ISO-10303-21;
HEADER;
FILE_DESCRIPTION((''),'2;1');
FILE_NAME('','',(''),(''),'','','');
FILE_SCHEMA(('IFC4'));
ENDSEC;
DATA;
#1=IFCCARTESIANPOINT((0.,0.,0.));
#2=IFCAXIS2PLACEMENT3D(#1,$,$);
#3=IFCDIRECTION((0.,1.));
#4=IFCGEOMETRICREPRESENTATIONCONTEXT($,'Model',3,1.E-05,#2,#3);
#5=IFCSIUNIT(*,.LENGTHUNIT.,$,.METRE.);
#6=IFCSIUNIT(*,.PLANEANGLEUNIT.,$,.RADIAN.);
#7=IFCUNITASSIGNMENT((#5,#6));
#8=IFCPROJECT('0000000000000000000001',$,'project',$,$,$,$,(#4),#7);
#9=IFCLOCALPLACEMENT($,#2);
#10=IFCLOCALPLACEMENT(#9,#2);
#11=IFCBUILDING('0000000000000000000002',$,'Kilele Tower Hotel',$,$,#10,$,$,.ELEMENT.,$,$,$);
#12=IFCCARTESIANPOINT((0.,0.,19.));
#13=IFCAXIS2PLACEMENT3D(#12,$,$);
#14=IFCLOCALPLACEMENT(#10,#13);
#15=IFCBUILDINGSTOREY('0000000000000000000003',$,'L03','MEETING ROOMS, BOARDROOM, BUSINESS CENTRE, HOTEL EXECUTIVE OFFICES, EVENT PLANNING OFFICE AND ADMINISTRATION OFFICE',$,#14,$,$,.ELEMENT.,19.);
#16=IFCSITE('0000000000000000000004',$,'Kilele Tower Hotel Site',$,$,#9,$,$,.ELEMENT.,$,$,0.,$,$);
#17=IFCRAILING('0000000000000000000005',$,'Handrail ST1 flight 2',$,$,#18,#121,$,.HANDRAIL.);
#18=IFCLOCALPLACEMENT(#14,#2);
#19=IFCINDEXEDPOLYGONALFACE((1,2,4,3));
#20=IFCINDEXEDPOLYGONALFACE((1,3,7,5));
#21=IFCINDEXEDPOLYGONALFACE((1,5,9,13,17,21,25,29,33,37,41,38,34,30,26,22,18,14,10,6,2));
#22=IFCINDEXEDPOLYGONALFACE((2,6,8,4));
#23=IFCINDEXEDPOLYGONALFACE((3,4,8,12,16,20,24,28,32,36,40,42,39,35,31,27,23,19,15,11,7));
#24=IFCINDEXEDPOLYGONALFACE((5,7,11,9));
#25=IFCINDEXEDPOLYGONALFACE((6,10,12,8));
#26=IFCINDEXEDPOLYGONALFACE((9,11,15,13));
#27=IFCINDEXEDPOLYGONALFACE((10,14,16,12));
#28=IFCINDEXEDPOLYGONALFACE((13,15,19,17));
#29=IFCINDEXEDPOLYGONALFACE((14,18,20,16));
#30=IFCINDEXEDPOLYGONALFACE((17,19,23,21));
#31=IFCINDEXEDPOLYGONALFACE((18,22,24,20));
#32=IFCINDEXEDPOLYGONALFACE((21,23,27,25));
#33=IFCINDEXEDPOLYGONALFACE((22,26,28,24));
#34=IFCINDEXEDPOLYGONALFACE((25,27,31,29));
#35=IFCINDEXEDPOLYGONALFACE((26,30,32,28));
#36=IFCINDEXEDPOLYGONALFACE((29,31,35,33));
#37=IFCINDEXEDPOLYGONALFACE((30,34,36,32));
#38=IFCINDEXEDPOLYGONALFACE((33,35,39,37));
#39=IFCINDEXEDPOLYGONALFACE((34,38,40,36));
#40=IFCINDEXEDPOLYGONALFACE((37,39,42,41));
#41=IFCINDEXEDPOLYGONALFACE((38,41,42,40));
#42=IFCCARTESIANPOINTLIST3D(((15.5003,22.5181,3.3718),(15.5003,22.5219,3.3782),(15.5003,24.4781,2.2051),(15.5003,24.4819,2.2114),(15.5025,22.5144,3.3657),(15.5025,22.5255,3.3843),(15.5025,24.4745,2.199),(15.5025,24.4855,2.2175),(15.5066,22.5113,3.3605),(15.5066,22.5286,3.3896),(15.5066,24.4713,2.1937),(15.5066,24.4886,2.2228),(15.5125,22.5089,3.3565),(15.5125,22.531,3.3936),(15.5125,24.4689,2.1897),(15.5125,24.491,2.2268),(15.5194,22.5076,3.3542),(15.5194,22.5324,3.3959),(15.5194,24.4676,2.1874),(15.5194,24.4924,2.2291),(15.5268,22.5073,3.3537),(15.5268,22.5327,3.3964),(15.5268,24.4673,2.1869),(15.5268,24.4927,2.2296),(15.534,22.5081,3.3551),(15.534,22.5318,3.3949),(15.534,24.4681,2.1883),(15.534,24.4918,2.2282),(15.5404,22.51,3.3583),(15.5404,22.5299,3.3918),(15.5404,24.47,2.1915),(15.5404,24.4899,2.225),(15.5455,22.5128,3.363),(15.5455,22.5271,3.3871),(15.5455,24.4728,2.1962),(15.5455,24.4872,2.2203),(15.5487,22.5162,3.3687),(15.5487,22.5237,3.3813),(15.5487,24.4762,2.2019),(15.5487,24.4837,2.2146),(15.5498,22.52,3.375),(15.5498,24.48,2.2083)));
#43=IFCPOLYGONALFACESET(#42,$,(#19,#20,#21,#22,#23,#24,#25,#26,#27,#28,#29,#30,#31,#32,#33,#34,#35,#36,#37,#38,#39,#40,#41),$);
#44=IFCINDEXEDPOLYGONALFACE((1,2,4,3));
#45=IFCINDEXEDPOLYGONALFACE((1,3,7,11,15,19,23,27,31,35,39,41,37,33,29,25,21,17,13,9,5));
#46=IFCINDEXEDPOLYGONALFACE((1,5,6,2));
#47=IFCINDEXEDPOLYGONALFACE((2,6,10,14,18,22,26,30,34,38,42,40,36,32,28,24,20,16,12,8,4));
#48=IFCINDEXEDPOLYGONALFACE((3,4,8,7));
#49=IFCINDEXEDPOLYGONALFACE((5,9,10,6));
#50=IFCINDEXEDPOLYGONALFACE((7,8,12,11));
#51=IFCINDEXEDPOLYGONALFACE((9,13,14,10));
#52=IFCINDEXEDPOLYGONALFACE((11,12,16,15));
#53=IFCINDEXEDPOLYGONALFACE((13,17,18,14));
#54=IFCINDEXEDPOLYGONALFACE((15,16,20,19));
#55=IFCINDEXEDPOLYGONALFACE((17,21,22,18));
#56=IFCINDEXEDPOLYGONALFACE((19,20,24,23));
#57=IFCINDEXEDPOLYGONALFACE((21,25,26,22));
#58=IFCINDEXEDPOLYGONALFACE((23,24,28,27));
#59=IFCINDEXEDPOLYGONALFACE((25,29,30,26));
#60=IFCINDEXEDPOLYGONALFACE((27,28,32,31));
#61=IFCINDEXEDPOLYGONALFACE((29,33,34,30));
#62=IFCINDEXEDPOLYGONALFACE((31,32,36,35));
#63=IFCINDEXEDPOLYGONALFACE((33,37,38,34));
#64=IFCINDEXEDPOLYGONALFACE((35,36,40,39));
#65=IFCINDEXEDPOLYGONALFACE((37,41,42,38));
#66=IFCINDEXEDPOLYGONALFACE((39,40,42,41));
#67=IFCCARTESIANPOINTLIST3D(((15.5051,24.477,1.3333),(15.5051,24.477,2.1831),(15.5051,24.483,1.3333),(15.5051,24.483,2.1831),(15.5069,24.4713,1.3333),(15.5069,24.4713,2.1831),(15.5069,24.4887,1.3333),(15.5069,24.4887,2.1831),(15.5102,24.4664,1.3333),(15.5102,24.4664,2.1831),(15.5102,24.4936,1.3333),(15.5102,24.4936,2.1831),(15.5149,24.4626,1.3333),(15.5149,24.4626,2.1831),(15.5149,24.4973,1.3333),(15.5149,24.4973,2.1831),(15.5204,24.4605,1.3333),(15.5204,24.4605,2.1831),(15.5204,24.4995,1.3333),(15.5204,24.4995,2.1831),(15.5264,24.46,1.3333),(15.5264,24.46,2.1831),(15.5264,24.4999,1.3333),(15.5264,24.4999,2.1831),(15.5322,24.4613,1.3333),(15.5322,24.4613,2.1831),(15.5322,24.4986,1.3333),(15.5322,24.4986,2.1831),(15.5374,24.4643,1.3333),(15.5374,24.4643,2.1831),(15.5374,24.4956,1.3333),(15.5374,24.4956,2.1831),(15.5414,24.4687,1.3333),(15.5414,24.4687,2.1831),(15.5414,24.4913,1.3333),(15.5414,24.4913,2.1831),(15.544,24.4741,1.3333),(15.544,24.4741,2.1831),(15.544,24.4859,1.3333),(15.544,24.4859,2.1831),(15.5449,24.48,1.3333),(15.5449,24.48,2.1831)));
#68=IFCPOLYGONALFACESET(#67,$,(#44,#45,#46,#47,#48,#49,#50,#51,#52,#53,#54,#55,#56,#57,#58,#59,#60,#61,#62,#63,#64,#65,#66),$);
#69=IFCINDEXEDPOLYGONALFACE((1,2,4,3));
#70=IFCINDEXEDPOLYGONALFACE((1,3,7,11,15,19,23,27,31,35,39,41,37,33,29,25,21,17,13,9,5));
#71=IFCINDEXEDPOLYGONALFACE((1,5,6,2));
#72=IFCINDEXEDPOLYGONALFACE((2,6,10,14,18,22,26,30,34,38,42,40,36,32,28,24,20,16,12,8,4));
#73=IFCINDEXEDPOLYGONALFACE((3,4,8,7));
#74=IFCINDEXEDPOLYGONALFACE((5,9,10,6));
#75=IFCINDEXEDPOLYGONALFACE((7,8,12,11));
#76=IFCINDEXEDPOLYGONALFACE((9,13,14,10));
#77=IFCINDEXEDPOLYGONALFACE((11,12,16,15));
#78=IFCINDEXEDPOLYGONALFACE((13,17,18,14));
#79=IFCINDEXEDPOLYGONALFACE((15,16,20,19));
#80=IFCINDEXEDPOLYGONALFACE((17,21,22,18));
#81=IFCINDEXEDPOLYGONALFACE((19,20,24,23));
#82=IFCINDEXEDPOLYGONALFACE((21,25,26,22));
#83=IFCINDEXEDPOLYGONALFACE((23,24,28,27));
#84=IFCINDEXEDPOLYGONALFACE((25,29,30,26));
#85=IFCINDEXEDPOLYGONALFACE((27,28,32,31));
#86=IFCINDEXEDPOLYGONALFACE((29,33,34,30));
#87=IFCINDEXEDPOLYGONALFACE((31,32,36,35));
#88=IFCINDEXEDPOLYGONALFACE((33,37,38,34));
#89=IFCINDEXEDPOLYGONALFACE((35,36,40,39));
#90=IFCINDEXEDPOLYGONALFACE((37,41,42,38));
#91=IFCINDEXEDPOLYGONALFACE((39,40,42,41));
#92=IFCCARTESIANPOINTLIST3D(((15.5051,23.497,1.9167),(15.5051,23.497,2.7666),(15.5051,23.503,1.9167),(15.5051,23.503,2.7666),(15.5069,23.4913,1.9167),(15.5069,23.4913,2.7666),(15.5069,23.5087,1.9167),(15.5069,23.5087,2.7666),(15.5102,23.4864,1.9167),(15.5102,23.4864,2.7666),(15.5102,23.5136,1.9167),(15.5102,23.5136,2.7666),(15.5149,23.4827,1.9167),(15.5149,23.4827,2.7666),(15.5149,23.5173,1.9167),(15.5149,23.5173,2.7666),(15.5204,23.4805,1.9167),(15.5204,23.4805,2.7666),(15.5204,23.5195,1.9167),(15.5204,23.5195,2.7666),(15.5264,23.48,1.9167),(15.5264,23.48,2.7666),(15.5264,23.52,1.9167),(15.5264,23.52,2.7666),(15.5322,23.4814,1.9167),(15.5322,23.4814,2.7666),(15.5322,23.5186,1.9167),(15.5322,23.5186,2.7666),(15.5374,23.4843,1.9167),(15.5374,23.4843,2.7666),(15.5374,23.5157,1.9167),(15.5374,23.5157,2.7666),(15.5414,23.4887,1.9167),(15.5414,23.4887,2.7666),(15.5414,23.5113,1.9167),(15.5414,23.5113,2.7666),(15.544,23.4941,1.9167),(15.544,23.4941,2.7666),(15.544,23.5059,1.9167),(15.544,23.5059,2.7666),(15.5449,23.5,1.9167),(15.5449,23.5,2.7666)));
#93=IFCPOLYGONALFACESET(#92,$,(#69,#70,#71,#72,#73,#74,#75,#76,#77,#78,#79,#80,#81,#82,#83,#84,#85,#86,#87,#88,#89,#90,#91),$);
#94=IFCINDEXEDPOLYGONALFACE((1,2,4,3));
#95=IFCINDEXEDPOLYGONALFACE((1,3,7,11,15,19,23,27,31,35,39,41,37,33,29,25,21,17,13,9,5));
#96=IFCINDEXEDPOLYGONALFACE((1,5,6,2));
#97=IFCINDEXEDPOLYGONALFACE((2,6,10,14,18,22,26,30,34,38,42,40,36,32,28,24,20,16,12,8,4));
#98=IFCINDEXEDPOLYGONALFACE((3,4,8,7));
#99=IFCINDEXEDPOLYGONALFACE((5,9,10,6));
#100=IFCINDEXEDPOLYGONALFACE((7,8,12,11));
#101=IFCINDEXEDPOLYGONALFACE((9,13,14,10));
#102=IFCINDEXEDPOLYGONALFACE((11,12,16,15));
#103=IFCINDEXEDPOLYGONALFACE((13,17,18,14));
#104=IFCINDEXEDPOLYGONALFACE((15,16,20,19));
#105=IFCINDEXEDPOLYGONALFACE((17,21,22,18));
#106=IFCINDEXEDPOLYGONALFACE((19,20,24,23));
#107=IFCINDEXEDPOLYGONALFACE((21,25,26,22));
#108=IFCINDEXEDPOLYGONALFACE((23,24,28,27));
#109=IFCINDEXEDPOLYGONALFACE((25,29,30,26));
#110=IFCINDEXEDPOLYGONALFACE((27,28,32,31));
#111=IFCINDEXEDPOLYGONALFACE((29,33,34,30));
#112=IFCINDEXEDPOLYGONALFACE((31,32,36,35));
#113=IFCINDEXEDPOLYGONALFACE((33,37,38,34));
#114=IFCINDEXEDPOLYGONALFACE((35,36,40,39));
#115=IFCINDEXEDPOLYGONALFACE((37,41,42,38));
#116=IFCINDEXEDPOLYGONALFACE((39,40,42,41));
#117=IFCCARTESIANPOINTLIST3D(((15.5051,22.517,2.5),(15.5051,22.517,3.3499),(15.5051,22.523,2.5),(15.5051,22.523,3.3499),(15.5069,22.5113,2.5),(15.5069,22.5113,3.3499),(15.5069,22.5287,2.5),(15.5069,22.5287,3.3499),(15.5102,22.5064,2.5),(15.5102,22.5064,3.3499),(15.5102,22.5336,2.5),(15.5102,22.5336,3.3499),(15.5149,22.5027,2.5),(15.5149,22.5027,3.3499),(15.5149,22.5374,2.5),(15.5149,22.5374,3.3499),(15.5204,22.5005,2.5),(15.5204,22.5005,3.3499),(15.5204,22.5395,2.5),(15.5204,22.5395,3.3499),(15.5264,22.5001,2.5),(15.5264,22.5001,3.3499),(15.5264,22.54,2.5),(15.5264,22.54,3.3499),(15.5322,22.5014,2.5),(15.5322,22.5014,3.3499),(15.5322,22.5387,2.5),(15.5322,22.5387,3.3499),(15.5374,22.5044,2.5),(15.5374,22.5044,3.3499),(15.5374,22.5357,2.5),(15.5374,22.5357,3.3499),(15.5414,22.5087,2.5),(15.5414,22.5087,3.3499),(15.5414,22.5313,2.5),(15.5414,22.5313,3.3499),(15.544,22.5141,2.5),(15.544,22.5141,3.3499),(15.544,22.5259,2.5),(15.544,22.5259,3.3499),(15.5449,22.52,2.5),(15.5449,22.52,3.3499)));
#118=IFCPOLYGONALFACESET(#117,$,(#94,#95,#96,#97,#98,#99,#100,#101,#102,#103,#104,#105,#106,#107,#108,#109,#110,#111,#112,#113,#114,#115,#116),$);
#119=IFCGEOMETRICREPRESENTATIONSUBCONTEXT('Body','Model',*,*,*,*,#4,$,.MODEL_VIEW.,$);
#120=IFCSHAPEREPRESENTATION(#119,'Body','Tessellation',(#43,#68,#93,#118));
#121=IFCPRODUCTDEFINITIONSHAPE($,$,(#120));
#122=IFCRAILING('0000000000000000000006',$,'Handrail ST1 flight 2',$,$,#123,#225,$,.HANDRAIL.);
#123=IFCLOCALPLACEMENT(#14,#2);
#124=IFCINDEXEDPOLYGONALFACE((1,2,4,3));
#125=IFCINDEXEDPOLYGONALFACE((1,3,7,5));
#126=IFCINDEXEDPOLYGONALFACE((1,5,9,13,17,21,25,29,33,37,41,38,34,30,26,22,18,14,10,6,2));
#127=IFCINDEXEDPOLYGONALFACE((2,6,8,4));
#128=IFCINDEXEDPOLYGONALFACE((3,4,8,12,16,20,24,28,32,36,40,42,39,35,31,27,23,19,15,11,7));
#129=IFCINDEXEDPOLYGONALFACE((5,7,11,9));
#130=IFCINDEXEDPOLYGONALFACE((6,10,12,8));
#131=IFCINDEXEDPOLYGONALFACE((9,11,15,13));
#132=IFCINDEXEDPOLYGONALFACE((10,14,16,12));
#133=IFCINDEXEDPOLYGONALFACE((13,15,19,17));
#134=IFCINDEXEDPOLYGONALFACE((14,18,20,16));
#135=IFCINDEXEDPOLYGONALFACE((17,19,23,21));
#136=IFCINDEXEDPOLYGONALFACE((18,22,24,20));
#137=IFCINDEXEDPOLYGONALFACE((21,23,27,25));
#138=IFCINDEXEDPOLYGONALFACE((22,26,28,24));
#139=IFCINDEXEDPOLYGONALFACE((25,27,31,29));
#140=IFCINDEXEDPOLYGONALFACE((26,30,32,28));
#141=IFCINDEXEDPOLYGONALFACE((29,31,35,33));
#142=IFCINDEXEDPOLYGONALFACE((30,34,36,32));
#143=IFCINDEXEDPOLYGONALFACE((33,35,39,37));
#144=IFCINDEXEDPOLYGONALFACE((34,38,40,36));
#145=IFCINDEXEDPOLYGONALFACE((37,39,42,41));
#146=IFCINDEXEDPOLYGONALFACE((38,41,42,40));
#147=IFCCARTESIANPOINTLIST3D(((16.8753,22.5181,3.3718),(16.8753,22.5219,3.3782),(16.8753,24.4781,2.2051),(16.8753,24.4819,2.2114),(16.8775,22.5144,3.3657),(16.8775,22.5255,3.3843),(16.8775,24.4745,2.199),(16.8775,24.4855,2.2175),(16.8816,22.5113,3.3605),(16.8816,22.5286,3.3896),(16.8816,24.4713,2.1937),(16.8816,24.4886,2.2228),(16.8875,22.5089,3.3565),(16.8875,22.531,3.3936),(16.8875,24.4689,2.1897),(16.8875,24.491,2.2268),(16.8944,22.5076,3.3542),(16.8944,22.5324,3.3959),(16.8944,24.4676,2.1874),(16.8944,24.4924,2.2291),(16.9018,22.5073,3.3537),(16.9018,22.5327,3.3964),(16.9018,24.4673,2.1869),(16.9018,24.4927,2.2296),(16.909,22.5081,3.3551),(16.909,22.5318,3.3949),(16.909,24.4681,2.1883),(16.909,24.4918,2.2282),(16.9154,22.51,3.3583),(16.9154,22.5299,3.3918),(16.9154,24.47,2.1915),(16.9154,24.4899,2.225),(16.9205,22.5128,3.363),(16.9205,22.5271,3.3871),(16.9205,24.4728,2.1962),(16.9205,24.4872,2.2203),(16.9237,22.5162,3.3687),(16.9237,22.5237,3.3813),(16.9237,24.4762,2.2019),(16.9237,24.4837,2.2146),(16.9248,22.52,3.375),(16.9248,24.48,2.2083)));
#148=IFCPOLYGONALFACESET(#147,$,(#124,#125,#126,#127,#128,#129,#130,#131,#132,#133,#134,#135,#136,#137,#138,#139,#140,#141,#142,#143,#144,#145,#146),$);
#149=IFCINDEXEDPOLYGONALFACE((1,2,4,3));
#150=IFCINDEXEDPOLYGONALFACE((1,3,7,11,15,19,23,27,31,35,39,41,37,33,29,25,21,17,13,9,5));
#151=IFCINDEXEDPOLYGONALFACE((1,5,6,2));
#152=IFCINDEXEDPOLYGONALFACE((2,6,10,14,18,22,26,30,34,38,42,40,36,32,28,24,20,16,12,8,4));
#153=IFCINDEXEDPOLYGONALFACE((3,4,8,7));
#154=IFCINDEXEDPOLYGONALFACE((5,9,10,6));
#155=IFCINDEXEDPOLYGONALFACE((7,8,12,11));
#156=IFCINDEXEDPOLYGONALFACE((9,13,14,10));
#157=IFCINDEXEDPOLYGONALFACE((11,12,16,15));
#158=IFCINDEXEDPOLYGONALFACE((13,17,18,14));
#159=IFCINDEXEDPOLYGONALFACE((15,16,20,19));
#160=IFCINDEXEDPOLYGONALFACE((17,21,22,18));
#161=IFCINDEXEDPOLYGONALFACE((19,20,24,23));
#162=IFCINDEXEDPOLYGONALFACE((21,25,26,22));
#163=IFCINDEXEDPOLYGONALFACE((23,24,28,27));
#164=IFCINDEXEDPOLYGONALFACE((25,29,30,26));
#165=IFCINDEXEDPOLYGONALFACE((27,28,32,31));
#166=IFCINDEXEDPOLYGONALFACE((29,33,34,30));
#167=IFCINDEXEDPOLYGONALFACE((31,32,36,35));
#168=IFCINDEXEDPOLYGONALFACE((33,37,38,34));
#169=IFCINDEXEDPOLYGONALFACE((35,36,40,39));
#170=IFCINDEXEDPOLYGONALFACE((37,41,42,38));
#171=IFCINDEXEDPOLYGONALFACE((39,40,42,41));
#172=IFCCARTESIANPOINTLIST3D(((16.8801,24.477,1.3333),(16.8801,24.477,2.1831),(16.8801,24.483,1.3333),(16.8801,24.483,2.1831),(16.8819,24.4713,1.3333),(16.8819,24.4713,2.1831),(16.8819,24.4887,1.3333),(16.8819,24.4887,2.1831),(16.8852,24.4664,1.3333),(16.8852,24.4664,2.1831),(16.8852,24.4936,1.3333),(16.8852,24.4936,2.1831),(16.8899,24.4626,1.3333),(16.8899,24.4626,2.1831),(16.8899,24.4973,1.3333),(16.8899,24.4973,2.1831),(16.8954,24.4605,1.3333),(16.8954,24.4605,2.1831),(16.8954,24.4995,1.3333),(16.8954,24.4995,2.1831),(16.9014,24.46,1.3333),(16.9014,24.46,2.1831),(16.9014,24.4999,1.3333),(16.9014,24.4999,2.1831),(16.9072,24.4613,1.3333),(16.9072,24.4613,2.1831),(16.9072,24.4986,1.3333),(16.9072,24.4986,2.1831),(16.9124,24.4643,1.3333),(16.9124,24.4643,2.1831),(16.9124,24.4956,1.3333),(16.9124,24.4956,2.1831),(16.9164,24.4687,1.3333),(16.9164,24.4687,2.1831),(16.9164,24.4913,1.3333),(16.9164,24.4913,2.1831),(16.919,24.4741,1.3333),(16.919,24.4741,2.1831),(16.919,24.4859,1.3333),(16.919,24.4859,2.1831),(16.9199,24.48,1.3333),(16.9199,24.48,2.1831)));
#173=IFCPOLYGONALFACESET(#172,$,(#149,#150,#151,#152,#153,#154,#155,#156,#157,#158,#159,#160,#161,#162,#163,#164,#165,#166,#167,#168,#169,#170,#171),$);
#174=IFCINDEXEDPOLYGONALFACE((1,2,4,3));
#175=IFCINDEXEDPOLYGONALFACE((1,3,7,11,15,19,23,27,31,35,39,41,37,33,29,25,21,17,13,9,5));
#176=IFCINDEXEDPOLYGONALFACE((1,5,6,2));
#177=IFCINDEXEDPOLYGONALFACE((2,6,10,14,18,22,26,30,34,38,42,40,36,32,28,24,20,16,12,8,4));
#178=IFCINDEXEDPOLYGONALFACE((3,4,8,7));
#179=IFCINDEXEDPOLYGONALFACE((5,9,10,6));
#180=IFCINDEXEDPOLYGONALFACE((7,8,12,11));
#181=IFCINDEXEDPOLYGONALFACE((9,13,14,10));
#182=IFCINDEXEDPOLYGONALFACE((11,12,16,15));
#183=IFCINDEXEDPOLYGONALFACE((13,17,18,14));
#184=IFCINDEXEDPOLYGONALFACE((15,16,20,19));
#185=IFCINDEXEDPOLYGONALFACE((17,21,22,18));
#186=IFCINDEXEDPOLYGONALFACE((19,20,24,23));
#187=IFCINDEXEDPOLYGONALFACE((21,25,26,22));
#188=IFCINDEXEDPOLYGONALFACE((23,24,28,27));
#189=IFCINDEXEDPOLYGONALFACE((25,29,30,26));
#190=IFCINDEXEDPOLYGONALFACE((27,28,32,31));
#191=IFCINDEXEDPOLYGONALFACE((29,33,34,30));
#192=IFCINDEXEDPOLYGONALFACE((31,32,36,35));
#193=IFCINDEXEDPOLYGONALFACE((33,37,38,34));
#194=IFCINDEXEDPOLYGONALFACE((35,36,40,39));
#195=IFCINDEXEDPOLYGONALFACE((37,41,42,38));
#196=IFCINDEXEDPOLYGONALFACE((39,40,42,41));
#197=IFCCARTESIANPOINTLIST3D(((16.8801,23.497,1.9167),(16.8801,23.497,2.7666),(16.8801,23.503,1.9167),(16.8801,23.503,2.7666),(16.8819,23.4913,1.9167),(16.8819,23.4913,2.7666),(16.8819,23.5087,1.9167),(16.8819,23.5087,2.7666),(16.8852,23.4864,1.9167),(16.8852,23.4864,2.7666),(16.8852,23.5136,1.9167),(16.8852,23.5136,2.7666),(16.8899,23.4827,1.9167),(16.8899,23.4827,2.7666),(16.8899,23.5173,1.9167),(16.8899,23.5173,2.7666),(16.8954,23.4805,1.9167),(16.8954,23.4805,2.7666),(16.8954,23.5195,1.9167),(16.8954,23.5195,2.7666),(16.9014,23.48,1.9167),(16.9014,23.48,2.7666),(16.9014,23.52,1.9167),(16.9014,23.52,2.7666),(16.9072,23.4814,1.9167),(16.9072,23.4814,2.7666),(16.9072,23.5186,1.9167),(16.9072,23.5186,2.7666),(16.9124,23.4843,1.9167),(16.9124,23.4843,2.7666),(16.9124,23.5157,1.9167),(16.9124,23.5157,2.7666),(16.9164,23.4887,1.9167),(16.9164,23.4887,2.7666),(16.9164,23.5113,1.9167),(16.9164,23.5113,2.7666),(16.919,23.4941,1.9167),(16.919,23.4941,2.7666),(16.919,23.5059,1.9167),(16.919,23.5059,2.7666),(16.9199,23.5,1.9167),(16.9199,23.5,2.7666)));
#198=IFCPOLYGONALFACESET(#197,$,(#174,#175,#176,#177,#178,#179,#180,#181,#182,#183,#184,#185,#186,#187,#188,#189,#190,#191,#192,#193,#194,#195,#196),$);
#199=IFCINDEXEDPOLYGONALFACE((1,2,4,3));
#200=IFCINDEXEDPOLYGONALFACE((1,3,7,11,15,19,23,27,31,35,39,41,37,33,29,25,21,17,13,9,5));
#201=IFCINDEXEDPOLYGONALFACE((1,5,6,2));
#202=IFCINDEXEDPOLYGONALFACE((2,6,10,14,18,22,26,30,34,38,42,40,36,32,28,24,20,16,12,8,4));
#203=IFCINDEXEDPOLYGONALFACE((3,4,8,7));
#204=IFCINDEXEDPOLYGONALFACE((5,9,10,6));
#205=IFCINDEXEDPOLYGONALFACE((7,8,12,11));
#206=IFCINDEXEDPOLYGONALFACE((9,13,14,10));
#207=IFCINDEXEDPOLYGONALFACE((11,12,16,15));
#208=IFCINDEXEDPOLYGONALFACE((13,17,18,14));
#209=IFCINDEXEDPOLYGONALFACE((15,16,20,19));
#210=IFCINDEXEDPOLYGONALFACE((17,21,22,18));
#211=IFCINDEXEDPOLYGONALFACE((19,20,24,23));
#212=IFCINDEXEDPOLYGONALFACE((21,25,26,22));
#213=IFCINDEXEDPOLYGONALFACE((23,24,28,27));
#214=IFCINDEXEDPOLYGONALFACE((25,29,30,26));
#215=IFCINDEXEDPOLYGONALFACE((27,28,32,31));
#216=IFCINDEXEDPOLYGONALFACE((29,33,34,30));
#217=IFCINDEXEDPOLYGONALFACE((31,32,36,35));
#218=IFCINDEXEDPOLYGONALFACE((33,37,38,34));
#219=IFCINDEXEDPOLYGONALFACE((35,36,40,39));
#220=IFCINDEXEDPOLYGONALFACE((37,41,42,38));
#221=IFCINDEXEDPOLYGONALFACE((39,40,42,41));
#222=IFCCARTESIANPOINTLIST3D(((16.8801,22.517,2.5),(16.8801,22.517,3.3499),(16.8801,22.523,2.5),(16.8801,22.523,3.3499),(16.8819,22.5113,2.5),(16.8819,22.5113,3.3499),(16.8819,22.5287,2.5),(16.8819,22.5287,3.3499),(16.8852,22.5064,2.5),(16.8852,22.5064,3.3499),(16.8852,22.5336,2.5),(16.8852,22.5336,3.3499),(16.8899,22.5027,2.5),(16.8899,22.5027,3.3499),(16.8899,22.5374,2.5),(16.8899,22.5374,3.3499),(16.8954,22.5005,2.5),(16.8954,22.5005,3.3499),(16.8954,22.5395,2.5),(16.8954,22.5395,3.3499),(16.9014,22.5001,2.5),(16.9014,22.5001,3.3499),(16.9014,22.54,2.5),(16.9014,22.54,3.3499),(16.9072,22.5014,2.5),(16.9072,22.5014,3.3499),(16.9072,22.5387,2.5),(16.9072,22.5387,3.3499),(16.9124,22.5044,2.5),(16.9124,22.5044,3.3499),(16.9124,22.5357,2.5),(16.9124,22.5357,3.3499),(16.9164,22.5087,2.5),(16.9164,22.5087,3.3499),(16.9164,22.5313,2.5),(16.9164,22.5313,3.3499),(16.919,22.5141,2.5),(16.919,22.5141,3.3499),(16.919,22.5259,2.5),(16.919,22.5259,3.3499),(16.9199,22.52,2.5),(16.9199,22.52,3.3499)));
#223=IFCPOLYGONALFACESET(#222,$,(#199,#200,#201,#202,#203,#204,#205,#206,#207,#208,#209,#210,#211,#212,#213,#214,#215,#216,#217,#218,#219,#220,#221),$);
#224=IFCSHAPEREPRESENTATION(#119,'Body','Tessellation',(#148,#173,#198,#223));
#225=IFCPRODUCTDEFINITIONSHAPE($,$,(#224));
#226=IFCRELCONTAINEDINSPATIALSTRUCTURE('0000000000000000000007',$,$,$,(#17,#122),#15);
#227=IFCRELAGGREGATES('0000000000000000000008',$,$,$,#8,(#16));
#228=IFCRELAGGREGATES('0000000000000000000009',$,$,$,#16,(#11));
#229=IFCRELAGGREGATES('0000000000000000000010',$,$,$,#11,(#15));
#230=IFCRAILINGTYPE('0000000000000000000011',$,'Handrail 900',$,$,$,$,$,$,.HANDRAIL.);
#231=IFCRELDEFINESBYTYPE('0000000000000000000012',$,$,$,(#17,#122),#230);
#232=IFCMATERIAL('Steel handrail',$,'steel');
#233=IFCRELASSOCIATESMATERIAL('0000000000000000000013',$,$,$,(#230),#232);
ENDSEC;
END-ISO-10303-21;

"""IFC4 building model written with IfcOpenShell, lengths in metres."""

from ifc_helpers import new_model, si_unit, direction, frame, origin, origin_2d, place, context, subcontext, project, spatial, circle, extrude, material, type_object, element, save


model = new_model("IFC4")

# Units and contexts
model_context = context("Model", 3, precision=1e-05, world=origin(), true_north=direction((0.0, 1.0)))
body_context = subcontext(model_context, "Body", "Model", "MODEL_VIEW")
ifc_project = project(units=[si_unit("LENGTHUNIT", "METRE"), si_unit("PLANEANGLEUNIT", "RADIAN")], contexts=[model_context])

# Site, building, storey
site_placement = place(None, origin())
site = spatial("IfcSite", under=ifc_project, at=site_placement, Name="Kilele Tower Hotel Site", CompositionType="ELEMENT", RefElevation=0.0)
building_placement = place(site_placement, origin())
building = spatial("IfcBuilding", under=site, at=building_placement, Name="Kilele Tower Hotel", CompositionType="ELEMENT")
storey_placement = place(building_placement, frame((0.0, 0.0, 19.0)))
storey = spatial("IfcBuildingStorey", under=building, at=storey_placement, Name="L03", Description="MEETING ROOMS, BOARDROOM, BUSINESS CENTRE, HOTEL EXECUTIVE OFFICES, EVENT PLANNING OFFICE AND ADMINISTRATION OFFICE", CompositionType="ELEMENT", Elevation=19.0)

# Railings
ifc_material_1 = material(Name="Steel handrail", Category="steel")
railing_type_1 = type_object("IfcRailingType", Name="Handrail 900", PredefinedType="HANDRAIL", material=ifc_material_1)
for number, where, name in (
    (1, (15.5249, 24.48, 1.3333), "Handrail ST1 flight 2"),
    (2, (16.8999, 24.48, 1.3333), "Handrail ST1 flight 2"),
):
    element("IfcRailing", number, at=place(storey_placement, frame(where)), inside=storey, type_object=railing_type_1, Name=name, PredefinedType="HANDRAIL", context=body_context, shape_type="SweptSolid", body=[
        extrude(circle(Radius=0.0249, at=origin_2d()), frame((0.0, 0.0, 0.875), z_axis=(0.0, -0.859273, 0.511518), x_axis=(1.0, 0.0, 0.0)), (0.0, 0.0, 1.0), 2.281),
        extrude(circle(Radius=0.02, at=origin_2d()), origin(), (0.0, 0.0, 1.0), 0.8499),
        extrude(circle(Radius=0.02, at=origin_2d()), frame((0.0, -0.98, 0.5835)), (0.0, 0.0, 1.0), 0.8499),
        extrude(circle(Radius=0.02, at=origin_2d()), frame((0.0, -1.96, 1.1667)), (0.0, 0.0, 1.0), 0.8499),
    ])

save(model, "model.ifc")
